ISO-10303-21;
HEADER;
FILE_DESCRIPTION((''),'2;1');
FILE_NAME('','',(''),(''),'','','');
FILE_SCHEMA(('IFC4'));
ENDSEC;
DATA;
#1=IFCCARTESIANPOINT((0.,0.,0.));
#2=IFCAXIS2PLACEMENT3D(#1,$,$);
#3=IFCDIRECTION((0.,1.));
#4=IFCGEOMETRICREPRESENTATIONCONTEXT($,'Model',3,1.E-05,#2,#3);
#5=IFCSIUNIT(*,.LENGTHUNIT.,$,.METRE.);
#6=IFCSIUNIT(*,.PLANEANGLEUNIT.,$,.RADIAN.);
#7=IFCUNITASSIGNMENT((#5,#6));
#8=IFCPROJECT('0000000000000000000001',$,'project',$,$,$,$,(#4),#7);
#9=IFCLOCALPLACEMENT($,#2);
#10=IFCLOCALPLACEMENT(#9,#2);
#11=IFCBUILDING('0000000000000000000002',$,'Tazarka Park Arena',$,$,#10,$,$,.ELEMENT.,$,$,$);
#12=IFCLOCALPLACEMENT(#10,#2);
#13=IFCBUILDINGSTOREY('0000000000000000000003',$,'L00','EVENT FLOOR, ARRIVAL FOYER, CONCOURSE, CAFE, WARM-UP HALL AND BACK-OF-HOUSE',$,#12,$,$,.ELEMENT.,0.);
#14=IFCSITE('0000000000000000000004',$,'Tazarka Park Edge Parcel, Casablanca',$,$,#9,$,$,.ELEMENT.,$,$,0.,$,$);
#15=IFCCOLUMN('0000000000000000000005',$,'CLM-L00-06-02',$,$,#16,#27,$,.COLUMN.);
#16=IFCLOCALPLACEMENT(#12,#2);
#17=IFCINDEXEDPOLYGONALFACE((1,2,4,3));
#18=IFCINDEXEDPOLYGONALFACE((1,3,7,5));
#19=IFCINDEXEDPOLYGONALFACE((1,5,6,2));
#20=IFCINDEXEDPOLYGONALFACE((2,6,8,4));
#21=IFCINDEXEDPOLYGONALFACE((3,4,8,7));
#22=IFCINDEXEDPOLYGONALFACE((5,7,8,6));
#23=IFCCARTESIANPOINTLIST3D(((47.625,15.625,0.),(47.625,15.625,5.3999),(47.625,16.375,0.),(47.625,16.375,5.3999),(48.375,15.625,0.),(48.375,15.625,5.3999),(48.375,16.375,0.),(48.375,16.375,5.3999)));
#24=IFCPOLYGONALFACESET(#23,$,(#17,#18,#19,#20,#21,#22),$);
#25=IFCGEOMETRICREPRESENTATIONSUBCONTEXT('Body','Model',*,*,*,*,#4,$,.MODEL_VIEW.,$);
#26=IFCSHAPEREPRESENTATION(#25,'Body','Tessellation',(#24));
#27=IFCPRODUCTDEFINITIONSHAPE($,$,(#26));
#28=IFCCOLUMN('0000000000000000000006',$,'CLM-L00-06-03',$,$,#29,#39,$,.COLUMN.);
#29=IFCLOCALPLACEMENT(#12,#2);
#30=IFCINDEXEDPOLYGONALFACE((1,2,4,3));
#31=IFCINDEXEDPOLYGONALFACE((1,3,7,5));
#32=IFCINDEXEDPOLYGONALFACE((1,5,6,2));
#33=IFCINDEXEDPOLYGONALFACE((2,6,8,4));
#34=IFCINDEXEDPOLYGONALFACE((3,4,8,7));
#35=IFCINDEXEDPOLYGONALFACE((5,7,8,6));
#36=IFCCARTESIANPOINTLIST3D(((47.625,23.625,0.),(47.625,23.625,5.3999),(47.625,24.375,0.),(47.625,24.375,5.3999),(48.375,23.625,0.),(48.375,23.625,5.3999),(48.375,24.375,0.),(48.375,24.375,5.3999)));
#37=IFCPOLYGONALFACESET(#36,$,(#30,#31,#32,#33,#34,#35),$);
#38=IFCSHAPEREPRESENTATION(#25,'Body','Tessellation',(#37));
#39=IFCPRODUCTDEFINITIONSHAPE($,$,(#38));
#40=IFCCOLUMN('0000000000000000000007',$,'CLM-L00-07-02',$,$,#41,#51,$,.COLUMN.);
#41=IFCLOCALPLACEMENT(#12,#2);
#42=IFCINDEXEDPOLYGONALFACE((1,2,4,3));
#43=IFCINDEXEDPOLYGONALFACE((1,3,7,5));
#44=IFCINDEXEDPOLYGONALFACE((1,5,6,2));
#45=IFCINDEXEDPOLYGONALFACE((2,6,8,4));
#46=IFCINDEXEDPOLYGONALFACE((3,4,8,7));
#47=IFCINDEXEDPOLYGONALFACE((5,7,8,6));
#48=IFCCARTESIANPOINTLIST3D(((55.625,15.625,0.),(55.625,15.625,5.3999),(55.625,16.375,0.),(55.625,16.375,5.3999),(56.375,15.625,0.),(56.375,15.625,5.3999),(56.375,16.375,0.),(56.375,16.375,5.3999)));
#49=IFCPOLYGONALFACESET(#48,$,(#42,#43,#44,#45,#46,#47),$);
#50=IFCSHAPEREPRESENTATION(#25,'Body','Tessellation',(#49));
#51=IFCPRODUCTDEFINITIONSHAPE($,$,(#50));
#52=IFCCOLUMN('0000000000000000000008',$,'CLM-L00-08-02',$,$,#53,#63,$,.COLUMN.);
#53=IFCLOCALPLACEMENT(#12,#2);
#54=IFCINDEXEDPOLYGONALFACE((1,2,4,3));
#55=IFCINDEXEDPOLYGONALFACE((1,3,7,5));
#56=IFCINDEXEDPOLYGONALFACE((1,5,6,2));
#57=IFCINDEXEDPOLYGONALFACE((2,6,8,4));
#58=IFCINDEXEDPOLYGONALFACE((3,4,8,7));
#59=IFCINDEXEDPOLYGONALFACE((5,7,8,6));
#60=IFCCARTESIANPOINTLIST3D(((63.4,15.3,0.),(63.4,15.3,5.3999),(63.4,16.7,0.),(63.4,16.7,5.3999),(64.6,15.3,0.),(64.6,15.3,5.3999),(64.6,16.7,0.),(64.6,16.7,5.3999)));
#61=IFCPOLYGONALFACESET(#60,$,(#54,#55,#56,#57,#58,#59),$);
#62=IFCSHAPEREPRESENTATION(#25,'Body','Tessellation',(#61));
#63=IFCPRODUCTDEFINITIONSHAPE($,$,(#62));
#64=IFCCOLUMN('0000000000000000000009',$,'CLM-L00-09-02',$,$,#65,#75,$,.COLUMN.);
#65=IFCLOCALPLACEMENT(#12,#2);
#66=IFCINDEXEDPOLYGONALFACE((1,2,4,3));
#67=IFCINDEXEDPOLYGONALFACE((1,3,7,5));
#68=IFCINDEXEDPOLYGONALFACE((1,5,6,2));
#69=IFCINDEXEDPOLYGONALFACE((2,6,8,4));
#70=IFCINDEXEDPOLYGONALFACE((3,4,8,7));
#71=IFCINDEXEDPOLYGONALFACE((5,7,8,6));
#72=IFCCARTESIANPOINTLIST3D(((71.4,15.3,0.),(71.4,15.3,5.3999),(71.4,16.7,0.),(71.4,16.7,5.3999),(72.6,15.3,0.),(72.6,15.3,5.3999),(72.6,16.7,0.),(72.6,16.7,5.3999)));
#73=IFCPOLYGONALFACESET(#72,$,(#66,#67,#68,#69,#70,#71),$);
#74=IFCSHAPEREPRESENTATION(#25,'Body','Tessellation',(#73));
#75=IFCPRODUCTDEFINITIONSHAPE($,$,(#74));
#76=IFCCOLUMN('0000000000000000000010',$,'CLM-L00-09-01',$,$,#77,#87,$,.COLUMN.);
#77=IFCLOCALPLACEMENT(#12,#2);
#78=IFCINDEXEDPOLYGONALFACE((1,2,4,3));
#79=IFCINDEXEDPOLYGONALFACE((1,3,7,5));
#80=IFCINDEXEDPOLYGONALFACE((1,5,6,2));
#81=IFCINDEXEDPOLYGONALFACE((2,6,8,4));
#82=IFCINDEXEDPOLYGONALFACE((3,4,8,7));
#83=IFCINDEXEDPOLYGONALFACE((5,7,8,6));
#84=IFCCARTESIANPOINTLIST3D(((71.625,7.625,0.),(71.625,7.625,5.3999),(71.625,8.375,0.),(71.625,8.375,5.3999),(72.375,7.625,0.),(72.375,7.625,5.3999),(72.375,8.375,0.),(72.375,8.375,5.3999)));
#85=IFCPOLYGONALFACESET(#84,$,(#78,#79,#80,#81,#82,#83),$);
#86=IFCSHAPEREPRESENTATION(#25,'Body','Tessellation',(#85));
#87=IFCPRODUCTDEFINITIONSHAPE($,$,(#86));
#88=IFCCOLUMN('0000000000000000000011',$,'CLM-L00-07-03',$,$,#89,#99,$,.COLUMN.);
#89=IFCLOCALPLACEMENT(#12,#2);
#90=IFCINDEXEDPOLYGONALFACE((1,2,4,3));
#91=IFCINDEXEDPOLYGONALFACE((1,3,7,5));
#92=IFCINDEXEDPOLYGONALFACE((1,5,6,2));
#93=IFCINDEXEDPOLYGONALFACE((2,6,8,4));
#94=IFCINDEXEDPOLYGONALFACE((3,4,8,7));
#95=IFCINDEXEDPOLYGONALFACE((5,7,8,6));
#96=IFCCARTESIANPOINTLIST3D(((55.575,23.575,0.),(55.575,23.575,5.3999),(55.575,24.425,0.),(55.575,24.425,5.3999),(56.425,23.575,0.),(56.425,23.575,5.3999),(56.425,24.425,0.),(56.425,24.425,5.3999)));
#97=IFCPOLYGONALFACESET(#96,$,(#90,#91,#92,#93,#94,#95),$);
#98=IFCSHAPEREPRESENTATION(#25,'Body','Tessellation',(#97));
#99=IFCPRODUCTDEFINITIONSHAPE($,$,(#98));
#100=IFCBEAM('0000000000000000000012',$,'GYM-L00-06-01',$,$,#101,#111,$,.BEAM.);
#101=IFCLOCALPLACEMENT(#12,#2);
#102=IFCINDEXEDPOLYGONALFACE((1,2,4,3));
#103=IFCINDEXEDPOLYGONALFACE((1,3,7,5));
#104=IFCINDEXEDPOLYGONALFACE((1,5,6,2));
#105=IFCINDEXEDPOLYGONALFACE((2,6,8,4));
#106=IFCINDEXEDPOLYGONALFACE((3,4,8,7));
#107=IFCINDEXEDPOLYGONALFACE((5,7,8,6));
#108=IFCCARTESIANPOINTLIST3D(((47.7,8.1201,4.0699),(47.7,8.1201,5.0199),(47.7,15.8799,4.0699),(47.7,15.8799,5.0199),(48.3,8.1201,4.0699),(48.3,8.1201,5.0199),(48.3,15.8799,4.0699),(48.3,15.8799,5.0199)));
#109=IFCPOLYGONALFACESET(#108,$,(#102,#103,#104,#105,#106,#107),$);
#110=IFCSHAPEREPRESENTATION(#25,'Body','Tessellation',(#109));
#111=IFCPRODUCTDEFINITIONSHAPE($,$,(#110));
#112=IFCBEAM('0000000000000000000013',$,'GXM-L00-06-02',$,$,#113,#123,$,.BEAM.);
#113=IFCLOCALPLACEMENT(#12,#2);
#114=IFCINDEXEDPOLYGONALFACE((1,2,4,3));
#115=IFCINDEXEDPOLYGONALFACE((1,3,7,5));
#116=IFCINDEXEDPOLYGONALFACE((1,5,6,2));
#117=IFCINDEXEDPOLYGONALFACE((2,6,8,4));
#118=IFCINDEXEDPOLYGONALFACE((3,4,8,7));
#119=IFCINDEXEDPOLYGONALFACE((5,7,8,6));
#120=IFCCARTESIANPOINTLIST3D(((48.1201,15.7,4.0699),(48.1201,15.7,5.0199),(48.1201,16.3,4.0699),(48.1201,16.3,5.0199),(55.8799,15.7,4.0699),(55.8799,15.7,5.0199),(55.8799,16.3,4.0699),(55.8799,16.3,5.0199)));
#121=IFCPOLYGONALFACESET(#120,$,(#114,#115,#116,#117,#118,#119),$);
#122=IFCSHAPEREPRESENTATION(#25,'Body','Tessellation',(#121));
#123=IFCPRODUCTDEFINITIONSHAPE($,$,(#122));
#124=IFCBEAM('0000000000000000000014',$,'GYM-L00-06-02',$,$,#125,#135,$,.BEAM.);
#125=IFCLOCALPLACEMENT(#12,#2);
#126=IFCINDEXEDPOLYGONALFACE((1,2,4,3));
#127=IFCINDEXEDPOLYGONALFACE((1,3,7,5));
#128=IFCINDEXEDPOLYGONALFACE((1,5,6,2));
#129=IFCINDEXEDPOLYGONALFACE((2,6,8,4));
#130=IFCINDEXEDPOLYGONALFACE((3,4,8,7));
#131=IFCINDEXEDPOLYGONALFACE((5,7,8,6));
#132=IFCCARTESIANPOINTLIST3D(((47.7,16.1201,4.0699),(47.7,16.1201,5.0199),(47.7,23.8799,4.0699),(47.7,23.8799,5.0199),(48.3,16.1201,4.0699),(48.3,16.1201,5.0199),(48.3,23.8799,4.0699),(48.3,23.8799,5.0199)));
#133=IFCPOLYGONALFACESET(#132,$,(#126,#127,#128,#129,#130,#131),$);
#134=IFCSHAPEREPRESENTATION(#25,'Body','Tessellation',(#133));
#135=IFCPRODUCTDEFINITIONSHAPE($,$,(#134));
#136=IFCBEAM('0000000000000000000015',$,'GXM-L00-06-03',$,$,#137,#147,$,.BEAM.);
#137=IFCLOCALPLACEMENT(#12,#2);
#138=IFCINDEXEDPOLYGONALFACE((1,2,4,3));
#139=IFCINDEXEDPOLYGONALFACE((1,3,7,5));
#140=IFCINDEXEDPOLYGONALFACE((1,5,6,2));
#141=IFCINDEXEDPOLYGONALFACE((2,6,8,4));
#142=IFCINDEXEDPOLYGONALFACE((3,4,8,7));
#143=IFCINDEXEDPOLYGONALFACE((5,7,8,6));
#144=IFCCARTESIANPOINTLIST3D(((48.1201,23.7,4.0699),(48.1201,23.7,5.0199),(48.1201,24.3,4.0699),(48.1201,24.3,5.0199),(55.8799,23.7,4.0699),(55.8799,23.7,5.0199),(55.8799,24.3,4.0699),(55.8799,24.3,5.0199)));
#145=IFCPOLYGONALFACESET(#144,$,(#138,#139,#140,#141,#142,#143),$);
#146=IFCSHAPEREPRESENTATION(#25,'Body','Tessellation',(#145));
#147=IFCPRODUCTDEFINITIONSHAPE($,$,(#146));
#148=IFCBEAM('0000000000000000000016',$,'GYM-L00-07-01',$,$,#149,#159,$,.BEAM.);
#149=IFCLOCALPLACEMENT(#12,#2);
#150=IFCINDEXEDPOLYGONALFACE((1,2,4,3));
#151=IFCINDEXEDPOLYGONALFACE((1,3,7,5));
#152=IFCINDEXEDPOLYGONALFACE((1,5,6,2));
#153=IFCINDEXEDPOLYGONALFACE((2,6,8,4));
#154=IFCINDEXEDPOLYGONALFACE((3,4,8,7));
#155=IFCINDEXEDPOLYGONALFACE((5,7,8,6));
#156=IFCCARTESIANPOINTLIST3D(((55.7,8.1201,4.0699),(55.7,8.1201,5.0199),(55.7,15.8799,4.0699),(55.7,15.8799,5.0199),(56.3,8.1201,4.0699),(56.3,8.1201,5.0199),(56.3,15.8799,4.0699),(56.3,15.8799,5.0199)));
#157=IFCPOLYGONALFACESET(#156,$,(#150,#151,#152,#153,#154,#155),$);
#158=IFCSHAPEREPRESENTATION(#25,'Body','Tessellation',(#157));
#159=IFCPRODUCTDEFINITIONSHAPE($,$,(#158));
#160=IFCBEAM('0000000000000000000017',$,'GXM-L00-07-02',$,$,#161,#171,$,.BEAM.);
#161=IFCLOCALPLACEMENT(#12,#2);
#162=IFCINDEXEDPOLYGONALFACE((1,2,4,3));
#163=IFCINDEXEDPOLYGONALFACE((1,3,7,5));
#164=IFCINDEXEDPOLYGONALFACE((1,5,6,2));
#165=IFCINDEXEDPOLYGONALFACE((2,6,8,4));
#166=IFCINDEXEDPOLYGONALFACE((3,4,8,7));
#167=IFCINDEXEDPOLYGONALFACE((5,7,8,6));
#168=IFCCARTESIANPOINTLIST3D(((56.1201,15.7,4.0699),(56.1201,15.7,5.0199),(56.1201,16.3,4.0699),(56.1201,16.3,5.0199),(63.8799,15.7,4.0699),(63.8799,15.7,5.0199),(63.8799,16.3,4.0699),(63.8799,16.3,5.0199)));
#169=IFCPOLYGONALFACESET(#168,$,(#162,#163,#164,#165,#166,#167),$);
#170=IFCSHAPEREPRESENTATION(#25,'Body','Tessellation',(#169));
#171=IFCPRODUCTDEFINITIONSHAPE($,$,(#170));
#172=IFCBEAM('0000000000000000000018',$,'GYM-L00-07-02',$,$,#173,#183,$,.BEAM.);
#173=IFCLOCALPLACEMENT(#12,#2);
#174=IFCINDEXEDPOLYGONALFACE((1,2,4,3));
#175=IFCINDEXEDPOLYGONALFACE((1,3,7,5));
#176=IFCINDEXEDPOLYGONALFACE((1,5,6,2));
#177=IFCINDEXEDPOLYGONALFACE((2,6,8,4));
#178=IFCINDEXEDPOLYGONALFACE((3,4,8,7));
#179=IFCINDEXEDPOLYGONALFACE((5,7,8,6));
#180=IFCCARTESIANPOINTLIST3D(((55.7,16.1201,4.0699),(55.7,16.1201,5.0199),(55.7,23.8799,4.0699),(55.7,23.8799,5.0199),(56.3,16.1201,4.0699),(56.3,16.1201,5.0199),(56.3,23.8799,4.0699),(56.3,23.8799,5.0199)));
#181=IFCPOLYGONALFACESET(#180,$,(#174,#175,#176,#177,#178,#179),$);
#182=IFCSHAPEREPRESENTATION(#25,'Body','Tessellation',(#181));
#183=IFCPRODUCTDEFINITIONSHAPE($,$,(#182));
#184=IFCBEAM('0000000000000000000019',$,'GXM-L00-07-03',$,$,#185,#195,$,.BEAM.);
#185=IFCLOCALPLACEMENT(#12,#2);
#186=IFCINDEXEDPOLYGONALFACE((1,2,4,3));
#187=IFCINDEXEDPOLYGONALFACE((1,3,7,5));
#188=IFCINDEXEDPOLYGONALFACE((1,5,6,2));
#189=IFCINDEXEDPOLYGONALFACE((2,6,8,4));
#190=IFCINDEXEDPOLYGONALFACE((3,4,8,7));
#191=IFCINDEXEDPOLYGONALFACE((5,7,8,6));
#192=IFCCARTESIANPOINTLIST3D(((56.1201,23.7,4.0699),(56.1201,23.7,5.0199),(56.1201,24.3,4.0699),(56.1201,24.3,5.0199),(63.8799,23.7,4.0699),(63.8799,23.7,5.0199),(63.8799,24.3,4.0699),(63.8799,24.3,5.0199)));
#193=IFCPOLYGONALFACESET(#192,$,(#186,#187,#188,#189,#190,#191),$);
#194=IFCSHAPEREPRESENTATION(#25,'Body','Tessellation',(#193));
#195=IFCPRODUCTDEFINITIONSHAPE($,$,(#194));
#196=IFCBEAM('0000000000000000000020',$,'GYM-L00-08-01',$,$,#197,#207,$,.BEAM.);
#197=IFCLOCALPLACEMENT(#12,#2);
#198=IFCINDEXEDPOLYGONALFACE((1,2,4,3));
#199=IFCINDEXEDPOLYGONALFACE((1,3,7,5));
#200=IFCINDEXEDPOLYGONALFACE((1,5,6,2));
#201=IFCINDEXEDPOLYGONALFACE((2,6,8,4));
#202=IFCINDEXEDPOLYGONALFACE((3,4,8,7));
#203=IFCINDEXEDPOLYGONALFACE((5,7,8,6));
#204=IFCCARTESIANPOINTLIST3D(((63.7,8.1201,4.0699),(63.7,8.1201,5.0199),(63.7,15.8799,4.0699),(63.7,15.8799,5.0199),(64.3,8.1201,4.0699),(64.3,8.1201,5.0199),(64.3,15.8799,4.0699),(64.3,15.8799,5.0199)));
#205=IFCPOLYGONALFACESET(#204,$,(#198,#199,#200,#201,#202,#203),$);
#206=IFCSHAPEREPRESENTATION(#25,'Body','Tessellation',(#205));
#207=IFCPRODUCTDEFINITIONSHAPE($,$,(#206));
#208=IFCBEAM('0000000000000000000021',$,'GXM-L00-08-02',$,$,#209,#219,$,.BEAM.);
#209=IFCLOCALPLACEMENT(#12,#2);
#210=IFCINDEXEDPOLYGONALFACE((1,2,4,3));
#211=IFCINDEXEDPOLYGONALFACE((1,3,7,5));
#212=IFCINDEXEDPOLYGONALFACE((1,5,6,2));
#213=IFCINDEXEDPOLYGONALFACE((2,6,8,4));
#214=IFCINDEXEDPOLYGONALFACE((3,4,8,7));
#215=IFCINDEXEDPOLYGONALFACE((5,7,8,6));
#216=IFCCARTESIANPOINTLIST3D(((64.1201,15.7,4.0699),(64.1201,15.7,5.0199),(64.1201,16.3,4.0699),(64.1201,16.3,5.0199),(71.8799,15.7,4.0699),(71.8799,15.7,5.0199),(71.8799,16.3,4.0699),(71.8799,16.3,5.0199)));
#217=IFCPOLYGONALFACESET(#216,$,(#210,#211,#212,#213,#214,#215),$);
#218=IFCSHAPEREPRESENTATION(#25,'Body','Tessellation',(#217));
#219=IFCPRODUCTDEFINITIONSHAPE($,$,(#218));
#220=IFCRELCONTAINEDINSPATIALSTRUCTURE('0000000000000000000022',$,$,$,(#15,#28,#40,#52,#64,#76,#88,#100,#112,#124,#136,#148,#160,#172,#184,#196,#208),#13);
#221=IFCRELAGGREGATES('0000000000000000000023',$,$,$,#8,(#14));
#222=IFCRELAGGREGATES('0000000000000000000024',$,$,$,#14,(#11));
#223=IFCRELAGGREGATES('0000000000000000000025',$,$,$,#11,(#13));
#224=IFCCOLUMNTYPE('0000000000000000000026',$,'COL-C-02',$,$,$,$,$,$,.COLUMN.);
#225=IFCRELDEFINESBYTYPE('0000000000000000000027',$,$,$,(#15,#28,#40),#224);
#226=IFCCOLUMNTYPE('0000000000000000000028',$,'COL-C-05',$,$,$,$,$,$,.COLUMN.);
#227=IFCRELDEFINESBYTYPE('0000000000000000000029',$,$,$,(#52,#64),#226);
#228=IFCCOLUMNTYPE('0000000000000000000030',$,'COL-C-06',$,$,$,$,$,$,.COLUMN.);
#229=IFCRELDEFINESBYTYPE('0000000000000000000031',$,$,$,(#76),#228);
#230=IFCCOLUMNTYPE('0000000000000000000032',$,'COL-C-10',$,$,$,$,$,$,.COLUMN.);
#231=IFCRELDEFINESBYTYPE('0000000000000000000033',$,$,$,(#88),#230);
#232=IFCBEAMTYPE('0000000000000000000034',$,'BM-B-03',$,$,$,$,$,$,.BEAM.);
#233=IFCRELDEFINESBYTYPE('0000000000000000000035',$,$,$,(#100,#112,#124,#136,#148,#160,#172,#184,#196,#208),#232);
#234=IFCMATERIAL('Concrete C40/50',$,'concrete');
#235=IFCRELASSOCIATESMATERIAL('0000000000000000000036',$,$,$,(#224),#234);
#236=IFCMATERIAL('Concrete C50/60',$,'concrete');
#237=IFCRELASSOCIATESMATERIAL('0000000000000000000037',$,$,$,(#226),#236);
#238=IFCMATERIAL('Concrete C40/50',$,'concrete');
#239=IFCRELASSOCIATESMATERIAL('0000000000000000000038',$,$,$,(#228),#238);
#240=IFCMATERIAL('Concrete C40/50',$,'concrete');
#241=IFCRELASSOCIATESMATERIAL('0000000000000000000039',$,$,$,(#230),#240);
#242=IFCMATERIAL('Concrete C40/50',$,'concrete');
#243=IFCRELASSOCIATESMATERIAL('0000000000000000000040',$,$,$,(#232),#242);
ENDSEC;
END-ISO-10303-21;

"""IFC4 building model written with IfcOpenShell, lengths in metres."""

from ifc_helpers import new_model, si_unit, direction, frame, origin, origin_2d, place, context, subcontext, project, spatial, rectangle, extrude, material, material_profile, profile_set, type_object, element, save


model = new_model("IFC4")

# Units and contexts
model_context = context("Model", 3, precision=1e-05, world=origin(), true_north=direction((0.0, 1.0)))
body_context = subcontext(model_context, "Body", "Model", "MODEL_VIEW")
ifc_project = project(units=[si_unit("LENGTHUNIT", "METRE"), si_unit("PLANEANGLEUNIT", "RADIAN")], contexts=[model_context])

# Site, building, storey
site_placement = place(None, origin())
site = spatial("IfcSite", under=ifc_project, at=site_placement, Name="Tazarka Park Edge Parcel, Casablanca", CompositionType="ELEMENT", RefElevation=0.0)
building_placement = place(site_placement, origin())
building = spatial("IfcBuilding", under=site, at=building_placement, Name="Tazarka Park Arena", CompositionType="ELEMENT")
storey_placement = place(building_placement, origin())
storey = spatial("IfcBuildingStorey", under=building, at=storey_placement, Name="L00", Description="EVENT FLOOR, ARRIVAL FOYER, CONCOURSE, CAFE, WARM-UP HALL AND BACK-OF-HOUSE", CompositionType="ELEMENT", Elevation=0.0)

# Columns
ifc_material_1 = material(Name="Concrete C40/50", Category="concrete")
ifc_material_profile_1 = material_profile(ifc_material_1, rectangle(XDim=0.75, YDim=0.75, at=origin_2d()), Name="Concrete C40/50")
ifc_profile_set_1 = profile_set([ifc_material_profile_1], Name="Concrete C40/50")
column_type_1 = type_object("IfcColumnType", Name="COL-C-02", PredefinedType="COLUMN", material=ifc_profile_set_1)
for number, where, z_axis, x_axis, name in (
    (1, (48.0, 16.0, 0.0), (0.0, 0.0, 1.0), (1.0, 0.0, 0.0), "CLM-L00-06-02"),
    (2, (48.0, 24.0, 0.0), (0.0, 0.0, 1.0), (1.0, 0.0, 0.0), "CLM-L00-06-03"),
    (3, (56.0, 16.0, 0.0), (0.0, 0.0, 1.0), (1.0, 0.0, 0.0), "CLM-L00-07-02"),
):
    element("IfcColumn", number, at=place(storey_placement, frame(where, z_axis=z_axis, x_axis=x_axis)), inside=storey, type_object=column_type_1, Name=name, PredefinedType="COLUMN", context=body_context, shape_type="SweptSolid", body=[
        extrude(rectangle(XDim=0.75, YDim=0.75, at=origin_2d()), origin(), (0.0, 0.0, 1.0), 5.3999),
    ])
ifc_material_2 = material(Name="Concrete C50/60", Category="concrete")
ifc_material_profile_2 = material_profile(ifc_material_2, rectangle(XDim=1.2, YDim=1.3999, at=origin_2d()), Name="Concrete C50/60")
ifc_profile_set_2 = profile_set([ifc_material_profile_2], Name="Concrete C50/60")
column_type_2 = type_object("IfcColumnType", Name="COL-C-05", PredefinedType="COLUMN", material=ifc_profile_set_2)
for number, where, z_axis, x_axis, name in (
    (4, (64.0, 16.0, 0.0), (0.0, 0.0, 1.0), (1.0, 0.0, 0.0), "CLM-L00-08-02"),
    (5, (72.0, 16.0, 0.0), (0.0, 0.0, 1.0), (1.0, 0.0, 0.0), "CLM-L00-09-02"),
):
    element("IfcColumn", number, at=place(storey_placement, frame(where, z_axis=z_axis, x_axis=x_axis)), inside=storey, type_object=column_type_2, Name=name, PredefinedType="COLUMN", context=body_context, shape_type="SweptSolid", body=[
        extrude(rectangle(XDim=1.2, YDim=1.3999, at=origin_2d()), origin(), (0.0, 0.0, 1.0), 5.3999),
    ])
ifc_material_3 = material(Name="Concrete C40/50", Category="concrete")
ifc_material_profile_3 = material_profile(ifc_material_3, rectangle(XDim=0.75, YDim=0.75, at=origin_2d()), Name="Concrete C40/50")
ifc_profile_set_3 = profile_set([ifc_material_profile_3], Name="Concrete C40/50")
column_type_3 = type_object("IfcColumnType", Name="COL-C-06", PredefinedType="COLUMN", material=ifc_profile_set_3)
column_1_placement = place(storey_placement, frame((72.0, 8.0, 0.0), z_axis=(0.0, 0.0, 1.0), x_axis=(1.0, 0.0, 0.0)))
element("IfcColumn", 6, at=column_1_placement, inside=storey, type_object=column_type_3, Name="CLM-L00-09-01", PredefinedType="COLUMN", context=body_context, shape_type="SweptSolid", body=[
    extrude(rectangle(XDim=0.75, YDim=0.75, at=origin_2d()), origin(), (0.0, 0.0, 1.0), 5.3999),
])
ifc_material_4 = material(Name="Concrete C40/50", Category="concrete")
ifc_material_profile_4 = material_profile(ifc_material_4, rectangle(XDim=0.8501, YDim=0.8501, at=origin_2d()), Name="Concrete C40/50")
ifc_profile_set_4 = profile_set([ifc_material_profile_4], Name="Concrete C40/50")
column_type_4 = type_object("IfcColumnType", Name="COL-C-10", PredefinedType="COLUMN", material=ifc_profile_set_4)
column_2_placement = place(storey_placement, frame((56.0, 24.0, 0.0), z_axis=(0.0, 0.0, 1.0), x_axis=(1.0, 0.0, 0.0)))
element("IfcColumn", 7, at=column_2_placement, inside=storey, type_object=column_type_4, Name="CLM-L00-07-03", PredefinedType="COLUMN", context=body_context, shape_type="SweptSolid", body=[
    extrude(rectangle(XDim=0.8501, YDim=0.8501, at=origin_2d()), origin(), (0.0, 0.0, 1.0), 5.3999),
])

# Beams
ifc_material_5 = material(Name="Concrete C40/50", Category="concrete")
ifc_material_profile_5 = material_profile(ifc_material_5, rectangle(XDim=0.6001, YDim=0.95, at=origin_2d()), Name="Concrete C40/50")
ifc_profile_set_5 = profile_set([ifc_material_profile_5], Name="Concrete C40/50")
beam_type_1 = type_object("IfcBeamType", Name="BM-B-03", PredefinedType="BEAM", material=ifc_profile_set_5)
for number, where, z_axis, x_axis, name in (
    (8, (48.0, 8.1201, 4.5449), (0.0, 1.0, 0.0), (-1.0, 0.0, 0.0), "GYM-L00-06-01"),
    (9, (48.1201, 16.0, 4.5449), (1.0, 0.0, 0.0), (0.0, 1.0, 0.0), "GXM-L00-06-02"),
    (10, (48.0, 16.1201, 4.5449), (0.0, 1.0, 0.0), (-1.0, 0.0, 0.0), "GYM-L00-06-02"),
    (11, (48.1201, 24.0, 4.5449), (1.0, 0.0, 0.0), (0.0, 1.0, 0.0), "GXM-L00-06-03"),
    (12, (56.0, 8.1201, 4.5449), (0.0, 1.0, 0.0), (-1.0, 0.0, 0.0), "GYM-L00-07-01"),
    (13, (56.1201, 16.0, 4.5449), (1.0, 0.0, 0.0), (0.0, 1.0, 0.0), "GXM-L00-07-02"),
    (14, (56.0, 16.1201, 4.5449), (0.0, 1.0, 0.0), (-1.0, 0.0, 0.0), "GYM-L00-07-02"),
    (15, (56.1201, 24.0, 4.5449), (1.0, 0.0, 0.0), (0.0, 1.0, 0.0), "GXM-L00-07-03"),
    (16, (64.0, 8.1201, 4.5449), (0.0, 1.0, 0.0), (-1.0, 0.0, 0.0), "GYM-L00-08-01"),
    (17, (64.1201, 16.0, 4.5449), (1.0, 0.0, 0.0), (0.0, 1.0, 0.0), "GXM-L00-08-02"),
):
    element("IfcBeam", number, at=place(storey_placement, frame(where, z_axis=z_axis, x_axis=x_axis)), inside=storey, type_object=beam_type_1, Name=name, PredefinedType="BEAM", context=body_context, shape_type="SweptSolid", body=[
        extrude(rectangle(XDim=0.6001, YDim=0.95, at=origin_2d()), origin(), (0.0, 0.0, 1.0), 7.7598),
    ])

save(model, "model.ifc")
